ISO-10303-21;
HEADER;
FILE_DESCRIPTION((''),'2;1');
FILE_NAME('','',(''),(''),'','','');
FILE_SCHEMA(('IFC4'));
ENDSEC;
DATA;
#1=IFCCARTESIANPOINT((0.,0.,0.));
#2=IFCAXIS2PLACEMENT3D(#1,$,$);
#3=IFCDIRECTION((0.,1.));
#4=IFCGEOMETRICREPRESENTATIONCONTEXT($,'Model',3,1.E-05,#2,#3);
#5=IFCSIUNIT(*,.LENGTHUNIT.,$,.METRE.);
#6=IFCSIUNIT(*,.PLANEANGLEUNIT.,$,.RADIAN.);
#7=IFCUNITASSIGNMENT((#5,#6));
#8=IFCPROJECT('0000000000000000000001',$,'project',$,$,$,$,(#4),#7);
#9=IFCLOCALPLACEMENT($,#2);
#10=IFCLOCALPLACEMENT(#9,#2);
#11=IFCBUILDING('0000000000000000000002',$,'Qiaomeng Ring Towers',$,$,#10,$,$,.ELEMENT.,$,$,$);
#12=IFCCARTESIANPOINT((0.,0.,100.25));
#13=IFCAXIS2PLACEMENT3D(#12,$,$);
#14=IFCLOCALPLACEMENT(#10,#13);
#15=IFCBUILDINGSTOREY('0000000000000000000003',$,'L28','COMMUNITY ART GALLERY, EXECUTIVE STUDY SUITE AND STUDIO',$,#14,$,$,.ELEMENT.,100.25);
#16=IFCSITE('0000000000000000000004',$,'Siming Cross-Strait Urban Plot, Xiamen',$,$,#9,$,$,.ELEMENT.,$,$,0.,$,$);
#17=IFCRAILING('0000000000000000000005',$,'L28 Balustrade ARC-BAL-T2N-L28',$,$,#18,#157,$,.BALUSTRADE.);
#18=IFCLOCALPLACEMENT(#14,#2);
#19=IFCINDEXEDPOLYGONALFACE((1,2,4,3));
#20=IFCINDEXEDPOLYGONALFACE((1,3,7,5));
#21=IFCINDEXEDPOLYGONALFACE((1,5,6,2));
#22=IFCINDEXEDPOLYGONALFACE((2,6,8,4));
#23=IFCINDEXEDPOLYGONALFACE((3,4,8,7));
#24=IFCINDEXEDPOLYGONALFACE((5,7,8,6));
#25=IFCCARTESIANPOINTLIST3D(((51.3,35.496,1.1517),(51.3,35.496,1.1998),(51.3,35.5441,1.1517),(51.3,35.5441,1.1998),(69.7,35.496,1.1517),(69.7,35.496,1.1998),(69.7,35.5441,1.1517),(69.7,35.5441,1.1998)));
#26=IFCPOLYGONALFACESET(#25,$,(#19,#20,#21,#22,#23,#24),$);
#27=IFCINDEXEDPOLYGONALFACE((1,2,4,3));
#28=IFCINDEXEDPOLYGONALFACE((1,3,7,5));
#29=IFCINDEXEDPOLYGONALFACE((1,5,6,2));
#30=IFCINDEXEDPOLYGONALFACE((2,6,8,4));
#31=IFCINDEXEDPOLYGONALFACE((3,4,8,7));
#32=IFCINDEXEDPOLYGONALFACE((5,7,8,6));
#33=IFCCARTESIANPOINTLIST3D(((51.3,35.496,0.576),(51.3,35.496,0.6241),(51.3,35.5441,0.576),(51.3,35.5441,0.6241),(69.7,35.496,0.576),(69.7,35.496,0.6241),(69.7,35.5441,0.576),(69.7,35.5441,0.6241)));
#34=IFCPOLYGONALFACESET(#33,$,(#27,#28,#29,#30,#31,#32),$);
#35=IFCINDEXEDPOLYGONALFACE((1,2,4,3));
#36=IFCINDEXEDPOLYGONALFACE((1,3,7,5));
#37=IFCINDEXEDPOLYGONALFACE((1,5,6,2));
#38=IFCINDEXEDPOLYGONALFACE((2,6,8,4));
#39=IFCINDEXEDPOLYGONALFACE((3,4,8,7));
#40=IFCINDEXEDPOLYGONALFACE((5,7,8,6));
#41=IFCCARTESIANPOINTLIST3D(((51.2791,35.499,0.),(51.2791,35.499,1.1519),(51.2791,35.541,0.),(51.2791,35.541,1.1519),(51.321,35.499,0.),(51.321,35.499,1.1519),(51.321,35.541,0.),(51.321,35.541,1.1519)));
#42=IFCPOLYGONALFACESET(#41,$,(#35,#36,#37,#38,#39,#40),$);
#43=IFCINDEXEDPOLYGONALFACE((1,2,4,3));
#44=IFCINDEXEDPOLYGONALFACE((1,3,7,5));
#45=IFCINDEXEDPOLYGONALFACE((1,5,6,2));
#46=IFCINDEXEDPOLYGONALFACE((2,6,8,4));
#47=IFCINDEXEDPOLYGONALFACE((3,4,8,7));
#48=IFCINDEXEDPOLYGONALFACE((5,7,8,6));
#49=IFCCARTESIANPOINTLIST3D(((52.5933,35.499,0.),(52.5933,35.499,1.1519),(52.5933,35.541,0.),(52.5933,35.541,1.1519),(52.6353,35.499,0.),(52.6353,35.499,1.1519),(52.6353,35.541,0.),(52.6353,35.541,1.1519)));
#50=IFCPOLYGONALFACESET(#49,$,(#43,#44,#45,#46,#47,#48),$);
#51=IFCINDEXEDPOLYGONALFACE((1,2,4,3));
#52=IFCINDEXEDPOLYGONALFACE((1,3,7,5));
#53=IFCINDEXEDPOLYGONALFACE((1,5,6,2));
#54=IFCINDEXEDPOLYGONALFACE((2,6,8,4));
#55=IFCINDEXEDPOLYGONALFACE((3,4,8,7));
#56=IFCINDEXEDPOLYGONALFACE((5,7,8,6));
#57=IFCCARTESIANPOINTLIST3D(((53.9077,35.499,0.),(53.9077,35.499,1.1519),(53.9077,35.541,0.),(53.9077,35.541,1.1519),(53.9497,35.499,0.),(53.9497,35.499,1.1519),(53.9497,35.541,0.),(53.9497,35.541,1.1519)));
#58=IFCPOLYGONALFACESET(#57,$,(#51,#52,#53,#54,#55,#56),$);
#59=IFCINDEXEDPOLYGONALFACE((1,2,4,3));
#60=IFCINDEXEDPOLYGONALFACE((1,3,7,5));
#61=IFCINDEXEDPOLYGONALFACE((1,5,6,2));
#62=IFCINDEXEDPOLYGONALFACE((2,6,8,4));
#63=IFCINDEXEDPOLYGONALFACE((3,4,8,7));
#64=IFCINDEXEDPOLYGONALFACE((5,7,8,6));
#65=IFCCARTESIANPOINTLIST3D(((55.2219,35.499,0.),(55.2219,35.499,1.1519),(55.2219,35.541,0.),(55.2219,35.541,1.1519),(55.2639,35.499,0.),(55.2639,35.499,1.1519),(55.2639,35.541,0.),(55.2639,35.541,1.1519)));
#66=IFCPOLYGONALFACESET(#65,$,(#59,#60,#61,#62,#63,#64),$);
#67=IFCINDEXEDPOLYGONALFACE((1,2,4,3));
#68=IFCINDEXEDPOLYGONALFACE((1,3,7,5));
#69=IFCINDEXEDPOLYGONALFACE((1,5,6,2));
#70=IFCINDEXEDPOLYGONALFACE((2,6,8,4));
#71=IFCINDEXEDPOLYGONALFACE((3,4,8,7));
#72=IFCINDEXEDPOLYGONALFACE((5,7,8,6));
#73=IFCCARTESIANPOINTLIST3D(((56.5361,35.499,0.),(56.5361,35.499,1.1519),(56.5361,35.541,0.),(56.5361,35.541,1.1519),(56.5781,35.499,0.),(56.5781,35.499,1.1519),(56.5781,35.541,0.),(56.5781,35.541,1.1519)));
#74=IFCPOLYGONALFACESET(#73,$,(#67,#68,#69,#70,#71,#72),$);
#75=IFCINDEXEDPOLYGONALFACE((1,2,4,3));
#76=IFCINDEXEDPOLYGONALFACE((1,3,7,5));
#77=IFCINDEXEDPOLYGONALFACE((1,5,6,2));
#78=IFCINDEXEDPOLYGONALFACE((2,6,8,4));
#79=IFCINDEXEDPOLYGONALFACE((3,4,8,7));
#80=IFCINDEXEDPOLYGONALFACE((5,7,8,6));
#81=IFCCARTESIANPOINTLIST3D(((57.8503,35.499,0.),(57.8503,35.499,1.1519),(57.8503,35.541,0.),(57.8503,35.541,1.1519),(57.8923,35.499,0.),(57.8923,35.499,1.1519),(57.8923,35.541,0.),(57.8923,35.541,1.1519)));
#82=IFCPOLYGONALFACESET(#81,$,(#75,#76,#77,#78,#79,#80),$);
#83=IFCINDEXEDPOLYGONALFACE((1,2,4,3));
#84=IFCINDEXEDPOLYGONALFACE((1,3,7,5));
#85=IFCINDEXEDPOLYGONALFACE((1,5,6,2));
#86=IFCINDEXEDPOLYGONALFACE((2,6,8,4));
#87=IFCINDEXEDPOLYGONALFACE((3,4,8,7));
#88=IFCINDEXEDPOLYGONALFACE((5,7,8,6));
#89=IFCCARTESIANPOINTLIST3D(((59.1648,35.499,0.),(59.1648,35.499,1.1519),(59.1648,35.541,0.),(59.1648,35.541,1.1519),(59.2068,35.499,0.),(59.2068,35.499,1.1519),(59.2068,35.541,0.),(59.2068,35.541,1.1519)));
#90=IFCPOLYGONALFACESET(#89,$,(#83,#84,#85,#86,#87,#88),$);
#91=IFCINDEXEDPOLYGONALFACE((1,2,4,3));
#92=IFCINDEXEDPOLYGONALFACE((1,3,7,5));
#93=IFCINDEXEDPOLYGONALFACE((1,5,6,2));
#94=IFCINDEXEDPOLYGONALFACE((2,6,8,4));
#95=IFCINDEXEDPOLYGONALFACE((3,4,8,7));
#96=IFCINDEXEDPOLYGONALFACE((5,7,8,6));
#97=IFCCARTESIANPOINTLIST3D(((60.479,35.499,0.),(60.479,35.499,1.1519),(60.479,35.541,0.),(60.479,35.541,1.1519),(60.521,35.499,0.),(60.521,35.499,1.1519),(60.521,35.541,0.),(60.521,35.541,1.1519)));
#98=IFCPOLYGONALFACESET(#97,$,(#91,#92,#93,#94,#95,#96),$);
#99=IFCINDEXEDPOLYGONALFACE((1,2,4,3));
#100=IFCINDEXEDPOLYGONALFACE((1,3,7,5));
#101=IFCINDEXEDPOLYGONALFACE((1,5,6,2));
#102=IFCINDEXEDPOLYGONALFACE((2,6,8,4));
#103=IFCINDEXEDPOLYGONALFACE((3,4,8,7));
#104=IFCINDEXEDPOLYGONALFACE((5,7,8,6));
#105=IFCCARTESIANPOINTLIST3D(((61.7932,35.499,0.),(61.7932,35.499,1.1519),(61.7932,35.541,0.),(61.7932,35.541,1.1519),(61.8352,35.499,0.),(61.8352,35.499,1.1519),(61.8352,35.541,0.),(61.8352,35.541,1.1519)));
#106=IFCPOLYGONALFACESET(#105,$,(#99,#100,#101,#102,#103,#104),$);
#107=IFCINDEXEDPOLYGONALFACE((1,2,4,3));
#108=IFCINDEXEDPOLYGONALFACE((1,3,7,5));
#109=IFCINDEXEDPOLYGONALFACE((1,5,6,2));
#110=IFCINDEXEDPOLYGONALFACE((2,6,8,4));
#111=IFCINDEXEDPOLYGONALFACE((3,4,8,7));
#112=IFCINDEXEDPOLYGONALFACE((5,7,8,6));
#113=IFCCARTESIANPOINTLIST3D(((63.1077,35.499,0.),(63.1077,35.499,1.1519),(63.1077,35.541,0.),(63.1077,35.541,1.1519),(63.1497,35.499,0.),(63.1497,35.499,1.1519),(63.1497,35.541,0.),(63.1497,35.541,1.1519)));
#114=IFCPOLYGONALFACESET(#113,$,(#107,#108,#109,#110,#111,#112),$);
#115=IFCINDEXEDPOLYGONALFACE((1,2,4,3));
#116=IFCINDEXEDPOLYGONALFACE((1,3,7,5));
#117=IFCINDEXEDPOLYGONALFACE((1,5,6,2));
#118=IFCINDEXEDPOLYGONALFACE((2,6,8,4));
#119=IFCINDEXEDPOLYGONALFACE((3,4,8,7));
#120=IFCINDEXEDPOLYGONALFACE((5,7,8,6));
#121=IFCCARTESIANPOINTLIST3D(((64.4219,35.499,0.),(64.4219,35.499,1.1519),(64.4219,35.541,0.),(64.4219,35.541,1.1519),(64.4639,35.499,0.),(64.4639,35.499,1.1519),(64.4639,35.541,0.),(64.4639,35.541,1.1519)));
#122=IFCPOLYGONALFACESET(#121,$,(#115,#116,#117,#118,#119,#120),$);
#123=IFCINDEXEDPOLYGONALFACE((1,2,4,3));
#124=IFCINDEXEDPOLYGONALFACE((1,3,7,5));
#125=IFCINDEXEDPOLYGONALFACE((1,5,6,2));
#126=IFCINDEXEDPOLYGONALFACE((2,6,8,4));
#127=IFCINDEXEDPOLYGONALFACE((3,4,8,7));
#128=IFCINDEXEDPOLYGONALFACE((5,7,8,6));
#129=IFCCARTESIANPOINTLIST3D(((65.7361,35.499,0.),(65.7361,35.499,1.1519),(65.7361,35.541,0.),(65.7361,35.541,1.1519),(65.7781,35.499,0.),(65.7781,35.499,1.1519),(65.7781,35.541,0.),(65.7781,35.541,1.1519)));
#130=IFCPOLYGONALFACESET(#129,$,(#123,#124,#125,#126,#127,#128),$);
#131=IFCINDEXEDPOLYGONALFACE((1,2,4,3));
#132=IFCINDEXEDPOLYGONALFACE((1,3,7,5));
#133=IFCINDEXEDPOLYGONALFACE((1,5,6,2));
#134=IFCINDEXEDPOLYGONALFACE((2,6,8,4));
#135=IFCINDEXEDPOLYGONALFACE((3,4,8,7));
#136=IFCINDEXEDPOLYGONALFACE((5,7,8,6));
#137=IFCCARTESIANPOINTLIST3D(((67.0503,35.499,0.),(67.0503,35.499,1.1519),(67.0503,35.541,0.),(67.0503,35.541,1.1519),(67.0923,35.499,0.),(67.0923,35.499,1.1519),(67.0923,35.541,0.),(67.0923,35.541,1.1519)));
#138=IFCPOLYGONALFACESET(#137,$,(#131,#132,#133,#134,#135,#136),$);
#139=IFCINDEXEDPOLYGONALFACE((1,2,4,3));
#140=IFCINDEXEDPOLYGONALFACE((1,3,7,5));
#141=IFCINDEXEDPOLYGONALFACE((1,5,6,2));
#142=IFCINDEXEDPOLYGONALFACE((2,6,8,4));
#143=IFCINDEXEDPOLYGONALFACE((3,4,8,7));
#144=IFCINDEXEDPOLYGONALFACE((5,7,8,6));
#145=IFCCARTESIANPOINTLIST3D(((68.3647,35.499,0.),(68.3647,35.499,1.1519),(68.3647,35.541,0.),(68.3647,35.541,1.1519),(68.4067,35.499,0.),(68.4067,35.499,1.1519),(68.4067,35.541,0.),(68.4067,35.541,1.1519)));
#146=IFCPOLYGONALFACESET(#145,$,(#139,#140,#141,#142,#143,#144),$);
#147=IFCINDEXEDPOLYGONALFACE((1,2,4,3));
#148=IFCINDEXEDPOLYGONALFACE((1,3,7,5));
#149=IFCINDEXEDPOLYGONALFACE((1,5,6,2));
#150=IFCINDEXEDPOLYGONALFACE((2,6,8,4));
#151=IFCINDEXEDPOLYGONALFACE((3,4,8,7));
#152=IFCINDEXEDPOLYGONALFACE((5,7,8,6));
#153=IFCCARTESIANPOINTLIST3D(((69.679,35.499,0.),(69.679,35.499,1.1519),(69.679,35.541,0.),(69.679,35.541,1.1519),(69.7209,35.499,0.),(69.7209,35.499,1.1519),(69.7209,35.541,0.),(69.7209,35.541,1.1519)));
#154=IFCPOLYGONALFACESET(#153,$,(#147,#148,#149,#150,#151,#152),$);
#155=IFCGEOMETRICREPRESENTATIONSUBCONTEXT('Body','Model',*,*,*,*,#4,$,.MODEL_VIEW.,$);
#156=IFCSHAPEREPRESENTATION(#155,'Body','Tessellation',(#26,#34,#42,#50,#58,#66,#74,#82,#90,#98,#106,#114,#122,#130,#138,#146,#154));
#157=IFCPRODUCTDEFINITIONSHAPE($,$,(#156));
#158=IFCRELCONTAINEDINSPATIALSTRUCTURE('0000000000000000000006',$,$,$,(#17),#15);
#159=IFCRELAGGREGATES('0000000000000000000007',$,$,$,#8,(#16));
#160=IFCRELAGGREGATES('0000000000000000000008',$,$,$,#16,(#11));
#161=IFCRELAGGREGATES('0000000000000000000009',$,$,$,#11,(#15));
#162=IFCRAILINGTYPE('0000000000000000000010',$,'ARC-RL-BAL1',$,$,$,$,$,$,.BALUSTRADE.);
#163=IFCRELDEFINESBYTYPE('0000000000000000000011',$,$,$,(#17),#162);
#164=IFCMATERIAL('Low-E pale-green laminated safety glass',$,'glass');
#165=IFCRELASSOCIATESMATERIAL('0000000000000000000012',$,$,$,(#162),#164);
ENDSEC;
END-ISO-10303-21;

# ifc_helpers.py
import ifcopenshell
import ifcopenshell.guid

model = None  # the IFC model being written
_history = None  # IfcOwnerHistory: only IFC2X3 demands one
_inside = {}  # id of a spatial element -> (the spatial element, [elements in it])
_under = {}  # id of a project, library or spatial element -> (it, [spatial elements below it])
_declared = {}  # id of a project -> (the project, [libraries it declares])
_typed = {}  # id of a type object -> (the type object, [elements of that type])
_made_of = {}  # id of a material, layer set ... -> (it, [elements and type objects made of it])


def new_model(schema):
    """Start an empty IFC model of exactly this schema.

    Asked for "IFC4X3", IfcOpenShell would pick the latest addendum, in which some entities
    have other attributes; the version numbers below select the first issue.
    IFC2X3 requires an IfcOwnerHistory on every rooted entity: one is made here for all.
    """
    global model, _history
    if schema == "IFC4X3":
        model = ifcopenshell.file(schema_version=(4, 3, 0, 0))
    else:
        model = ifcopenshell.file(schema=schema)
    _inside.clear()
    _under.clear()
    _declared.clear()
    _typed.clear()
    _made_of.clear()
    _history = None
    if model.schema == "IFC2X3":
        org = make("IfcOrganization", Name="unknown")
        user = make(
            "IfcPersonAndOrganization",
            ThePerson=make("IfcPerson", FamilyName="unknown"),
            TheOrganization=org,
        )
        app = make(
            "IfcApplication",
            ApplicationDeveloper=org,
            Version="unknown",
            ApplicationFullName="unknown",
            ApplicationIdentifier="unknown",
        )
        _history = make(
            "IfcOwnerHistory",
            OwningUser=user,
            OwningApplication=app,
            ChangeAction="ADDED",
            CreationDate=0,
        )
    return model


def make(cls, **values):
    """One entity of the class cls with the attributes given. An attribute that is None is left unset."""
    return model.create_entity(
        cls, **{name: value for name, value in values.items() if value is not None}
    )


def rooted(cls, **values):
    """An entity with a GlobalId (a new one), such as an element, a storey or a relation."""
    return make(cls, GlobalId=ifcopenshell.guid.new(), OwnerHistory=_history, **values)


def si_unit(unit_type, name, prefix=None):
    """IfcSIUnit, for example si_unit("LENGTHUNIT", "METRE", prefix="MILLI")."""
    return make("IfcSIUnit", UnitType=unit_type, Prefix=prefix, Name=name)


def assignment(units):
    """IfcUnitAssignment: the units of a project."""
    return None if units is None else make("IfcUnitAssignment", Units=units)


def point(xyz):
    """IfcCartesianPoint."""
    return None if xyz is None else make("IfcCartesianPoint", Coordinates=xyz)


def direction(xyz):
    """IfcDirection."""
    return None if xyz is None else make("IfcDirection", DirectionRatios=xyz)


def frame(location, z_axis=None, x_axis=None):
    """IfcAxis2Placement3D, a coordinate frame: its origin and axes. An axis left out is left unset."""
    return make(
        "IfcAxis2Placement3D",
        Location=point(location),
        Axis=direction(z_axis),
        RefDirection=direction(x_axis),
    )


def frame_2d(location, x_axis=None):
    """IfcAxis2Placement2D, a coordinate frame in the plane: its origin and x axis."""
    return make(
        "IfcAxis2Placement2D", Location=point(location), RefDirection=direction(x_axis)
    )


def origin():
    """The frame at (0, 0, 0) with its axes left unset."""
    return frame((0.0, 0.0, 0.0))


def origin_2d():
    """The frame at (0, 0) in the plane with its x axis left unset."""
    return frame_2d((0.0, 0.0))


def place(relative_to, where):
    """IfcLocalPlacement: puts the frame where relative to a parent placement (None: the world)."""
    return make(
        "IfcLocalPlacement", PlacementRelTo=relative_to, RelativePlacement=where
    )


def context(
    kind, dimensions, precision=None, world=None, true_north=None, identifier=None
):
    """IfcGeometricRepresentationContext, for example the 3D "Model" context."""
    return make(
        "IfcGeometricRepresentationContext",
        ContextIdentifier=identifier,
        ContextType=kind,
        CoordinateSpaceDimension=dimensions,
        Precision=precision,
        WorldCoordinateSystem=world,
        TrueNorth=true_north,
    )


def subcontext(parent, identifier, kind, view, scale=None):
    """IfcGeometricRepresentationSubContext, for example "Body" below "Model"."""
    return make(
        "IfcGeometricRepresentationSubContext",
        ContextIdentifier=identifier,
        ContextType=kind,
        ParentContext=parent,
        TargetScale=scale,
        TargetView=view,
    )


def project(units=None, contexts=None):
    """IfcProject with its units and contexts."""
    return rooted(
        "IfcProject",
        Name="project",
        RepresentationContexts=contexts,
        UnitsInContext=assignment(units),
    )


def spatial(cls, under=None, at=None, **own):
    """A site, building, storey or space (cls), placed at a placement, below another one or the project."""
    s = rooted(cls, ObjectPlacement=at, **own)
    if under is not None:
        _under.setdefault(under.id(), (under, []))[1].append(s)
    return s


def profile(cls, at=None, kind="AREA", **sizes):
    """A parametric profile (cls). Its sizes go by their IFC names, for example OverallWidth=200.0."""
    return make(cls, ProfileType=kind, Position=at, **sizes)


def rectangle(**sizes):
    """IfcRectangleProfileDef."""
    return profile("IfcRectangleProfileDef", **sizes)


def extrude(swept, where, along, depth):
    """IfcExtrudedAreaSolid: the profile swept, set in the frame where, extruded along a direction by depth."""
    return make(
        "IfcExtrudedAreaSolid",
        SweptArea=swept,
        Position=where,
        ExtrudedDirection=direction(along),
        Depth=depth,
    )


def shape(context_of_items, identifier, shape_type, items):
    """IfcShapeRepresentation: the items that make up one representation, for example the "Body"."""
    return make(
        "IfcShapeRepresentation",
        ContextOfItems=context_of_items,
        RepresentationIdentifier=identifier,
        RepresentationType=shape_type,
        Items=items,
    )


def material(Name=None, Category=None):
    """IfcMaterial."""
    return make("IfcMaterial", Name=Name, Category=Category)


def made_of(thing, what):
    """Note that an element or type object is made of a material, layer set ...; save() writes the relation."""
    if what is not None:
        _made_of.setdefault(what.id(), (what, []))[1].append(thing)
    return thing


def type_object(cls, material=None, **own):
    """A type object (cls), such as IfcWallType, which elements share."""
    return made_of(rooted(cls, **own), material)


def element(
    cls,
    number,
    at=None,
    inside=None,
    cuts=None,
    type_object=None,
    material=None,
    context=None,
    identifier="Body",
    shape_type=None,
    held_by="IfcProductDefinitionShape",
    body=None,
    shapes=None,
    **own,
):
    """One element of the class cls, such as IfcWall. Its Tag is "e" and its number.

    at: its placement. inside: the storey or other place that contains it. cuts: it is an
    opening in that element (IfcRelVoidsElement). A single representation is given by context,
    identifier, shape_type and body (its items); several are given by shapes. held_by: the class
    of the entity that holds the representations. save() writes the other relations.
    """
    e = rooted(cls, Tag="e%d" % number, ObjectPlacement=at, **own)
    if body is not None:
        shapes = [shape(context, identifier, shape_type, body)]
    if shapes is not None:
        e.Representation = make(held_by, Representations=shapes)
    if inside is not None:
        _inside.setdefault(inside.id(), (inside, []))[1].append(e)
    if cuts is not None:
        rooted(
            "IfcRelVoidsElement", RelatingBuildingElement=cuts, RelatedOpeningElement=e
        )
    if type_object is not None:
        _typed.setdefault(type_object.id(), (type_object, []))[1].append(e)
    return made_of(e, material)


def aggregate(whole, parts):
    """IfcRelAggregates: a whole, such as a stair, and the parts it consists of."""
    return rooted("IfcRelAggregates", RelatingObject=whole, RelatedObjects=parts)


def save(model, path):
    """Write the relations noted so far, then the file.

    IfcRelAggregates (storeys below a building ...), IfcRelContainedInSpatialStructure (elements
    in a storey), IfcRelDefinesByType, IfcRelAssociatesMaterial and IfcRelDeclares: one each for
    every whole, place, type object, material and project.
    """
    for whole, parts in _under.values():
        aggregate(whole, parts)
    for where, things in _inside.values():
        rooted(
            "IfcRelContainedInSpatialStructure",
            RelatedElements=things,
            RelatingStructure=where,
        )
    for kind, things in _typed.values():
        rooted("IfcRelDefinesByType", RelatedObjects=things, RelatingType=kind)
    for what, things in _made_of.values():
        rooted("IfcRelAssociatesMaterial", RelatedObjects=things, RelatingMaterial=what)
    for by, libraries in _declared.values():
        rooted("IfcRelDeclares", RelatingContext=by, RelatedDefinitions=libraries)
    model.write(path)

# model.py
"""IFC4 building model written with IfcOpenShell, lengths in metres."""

from ifc_helpers import new_model, si_unit, direction, frame, origin, origin_2d, place, context, subcontext, project, spatial, rectangle, extrude, material, type_object, element, save


model = new_model("IFC4")

# Units and contexts
model_context = context("Model", 3, precision=1e-05, world=origin(), true_north=direction((0.0, 1.0)))
body_context = subcontext(model_context, "Body", "Model", "MODEL_VIEW")
ifc_project = project(units=[si_unit("LENGTHUNIT", "METRE"), si_unit("PLANEANGLEUNIT", "RADIAN")], contexts=[model_context])

# Site, building, storey
site_placement = place(None, origin())
site = spatial("IfcSite", under=ifc_project, at=site_placement, Name="Siming Cross-Strait Urban Plot, Xiamen", CompositionType="ELEMENT", RefElevation=0.0)
building_placement = place(site_placement, origin())
building = spatial("IfcBuilding", under=site, at=building_placement, Name="Qiaomeng Ring Towers", CompositionType="ELEMENT")
storey_placement = place(building_placement, frame((0.0, 0.0, 100.25)))
storey = spatial("IfcBuildingStorey", under=building, at=storey_placement, Name="L28", Description="COMMUNITY ART GALLERY, EXECUTIVE STUDY SUITE AND STUDIO", CompositionType="ELEMENT", Elevation=100.25)

# Railing
ifc_material_1 = material(Name="Low-E pale-green laminated safety glass", Category="glass")
railing_type = type_object("IfcRailingType", Name="ARC-RL-BAL1", PredefinedType="BALUSTRADE", material=ifc_material_1)
railing_1_placement = place(storey_placement, frame((51.3, 35.52, 0.0)))
element("IfcRailing", 1, at=railing_1_placement, inside=storey, type_object=railing_type, Name="L28 Balustrade ARC-BAL-T2N-L28", PredefinedType="BALUSTRADE", context=body_context, shape_type="SweptSolid", body=[
    extrude(rectangle(XDim=0.0481, YDim=0.0481, at=origin_2d()), frame((0.0, 0.0, 1.1758), z_axis=(1.0, 0.0, 0.0), x_axis=(0.0, 1.0, 0.0)), (0.0, 0.0, 1.0), 18.3999),
    extrude(rectangle(XDim=0.0481, YDim=0.0481, at=origin_2d()), frame((0.0, 0.0, 0.6001), z_axis=(1.0, 0.0, 0.0), x_axis=(0.0, 1.0, 0.0)), (0.0, 0.0, 1.0), 18.3999),
    extrude(rectangle(XDim=0.042, YDim=0.042, at=origin_2d()), origin(), (0.0, 0.0, 1.0), 1.1519),
    extrude(rectangle(XDim=0.042, YDim=0.042, at=origin_2d()), frame((1.3142, 0.0, 0.0)), (0.0, 0.0, 1.0), 1.1519),
    extrude(rectangle(XDim=0.042, YDim=0.042, at=origin_2d()), frame((2.6287, 0.0, 0.0)), (0.0, 0.0, 1.0), 1.1519),
    extrude(rectangle(XDim=0.042, YDim=0.042, at=origin_2d()), frame((3.9429, 0.0, 0.0)), (0.0, 0.0, 1.0), 1.1519),
    extrude(rectangle(XDim=0.042, YDim=0.042, at=origin_2d()), frame((5.2571, 0.0, 0.0)), (0.0, 0.0, 1.0), 1.1519),
    extrude(rectangle(XDim=0.042, YDim=0.042, at=origin_2d()), frame((6.5713, 0.0, 0.0)), (0.0, 0.0, 1.0), 1.1519),
    extrude(rectangle(XDim=0.042, YDim=0.042, at=origin_2d()), frame((7.8857, 0.0, 0.0)), (0.0, 0.0, 1.0), 1.1519),
    extrude(rectangle(XDim=0.042, YDim=0.042, at=origin_2d()), frame((9.2, 0.0, 0.0)), (0.0, 0.0, 1.0), 1.1519),
    extrude(rectangle(XDim=0.042, YDim=0.042, at=origin_2d()), frame((10.5142, 0.0, 0.0)), (0.0, 0.0, 1.0), 1.1519),
    extrude(rectangle(XDim=0.042, YDim=0.042, at=origin_2d()), frame((11.8286, 0.0, 0.0)), (0.0, 0.0, 1.0), 1.1519),
    extrude(rectangle(XDim=0.042, YDim=0.042, at=origin_2d()), frame((13.1428, 0.0, 0.0)), (0.0, 0.0, 1.0), 1.1519),
    extrude(rectangle(XDim=0.042, YDim=0.042, at=origin_2d()), frame((14.457, 0.0, 0.0)), (0.0, 0.0, 1.0), 1.1519),
    extrude(rectangle(XDim=0.042, YDim=0.042, at=origin_2d()), frame((15.7712, 0.0, 0.0)), (0.0, 0.0, 1.0), 1.1519),
    extrude(rectangle(XDim=0.042, YDim=0.042, at=origin_2d()), frame((17.0857, 0.0, 0.0)), (0.0, 0.0, 1.0), 1.1519),
    extrude(rectangle(XDim=0.042, YDim=0.042, at=origin_2d()), frame((18.3999, 0.0, 0.0)), (0.0, 0.0, 1.0), 1.1519),
])

save(model, "model.ifc")
